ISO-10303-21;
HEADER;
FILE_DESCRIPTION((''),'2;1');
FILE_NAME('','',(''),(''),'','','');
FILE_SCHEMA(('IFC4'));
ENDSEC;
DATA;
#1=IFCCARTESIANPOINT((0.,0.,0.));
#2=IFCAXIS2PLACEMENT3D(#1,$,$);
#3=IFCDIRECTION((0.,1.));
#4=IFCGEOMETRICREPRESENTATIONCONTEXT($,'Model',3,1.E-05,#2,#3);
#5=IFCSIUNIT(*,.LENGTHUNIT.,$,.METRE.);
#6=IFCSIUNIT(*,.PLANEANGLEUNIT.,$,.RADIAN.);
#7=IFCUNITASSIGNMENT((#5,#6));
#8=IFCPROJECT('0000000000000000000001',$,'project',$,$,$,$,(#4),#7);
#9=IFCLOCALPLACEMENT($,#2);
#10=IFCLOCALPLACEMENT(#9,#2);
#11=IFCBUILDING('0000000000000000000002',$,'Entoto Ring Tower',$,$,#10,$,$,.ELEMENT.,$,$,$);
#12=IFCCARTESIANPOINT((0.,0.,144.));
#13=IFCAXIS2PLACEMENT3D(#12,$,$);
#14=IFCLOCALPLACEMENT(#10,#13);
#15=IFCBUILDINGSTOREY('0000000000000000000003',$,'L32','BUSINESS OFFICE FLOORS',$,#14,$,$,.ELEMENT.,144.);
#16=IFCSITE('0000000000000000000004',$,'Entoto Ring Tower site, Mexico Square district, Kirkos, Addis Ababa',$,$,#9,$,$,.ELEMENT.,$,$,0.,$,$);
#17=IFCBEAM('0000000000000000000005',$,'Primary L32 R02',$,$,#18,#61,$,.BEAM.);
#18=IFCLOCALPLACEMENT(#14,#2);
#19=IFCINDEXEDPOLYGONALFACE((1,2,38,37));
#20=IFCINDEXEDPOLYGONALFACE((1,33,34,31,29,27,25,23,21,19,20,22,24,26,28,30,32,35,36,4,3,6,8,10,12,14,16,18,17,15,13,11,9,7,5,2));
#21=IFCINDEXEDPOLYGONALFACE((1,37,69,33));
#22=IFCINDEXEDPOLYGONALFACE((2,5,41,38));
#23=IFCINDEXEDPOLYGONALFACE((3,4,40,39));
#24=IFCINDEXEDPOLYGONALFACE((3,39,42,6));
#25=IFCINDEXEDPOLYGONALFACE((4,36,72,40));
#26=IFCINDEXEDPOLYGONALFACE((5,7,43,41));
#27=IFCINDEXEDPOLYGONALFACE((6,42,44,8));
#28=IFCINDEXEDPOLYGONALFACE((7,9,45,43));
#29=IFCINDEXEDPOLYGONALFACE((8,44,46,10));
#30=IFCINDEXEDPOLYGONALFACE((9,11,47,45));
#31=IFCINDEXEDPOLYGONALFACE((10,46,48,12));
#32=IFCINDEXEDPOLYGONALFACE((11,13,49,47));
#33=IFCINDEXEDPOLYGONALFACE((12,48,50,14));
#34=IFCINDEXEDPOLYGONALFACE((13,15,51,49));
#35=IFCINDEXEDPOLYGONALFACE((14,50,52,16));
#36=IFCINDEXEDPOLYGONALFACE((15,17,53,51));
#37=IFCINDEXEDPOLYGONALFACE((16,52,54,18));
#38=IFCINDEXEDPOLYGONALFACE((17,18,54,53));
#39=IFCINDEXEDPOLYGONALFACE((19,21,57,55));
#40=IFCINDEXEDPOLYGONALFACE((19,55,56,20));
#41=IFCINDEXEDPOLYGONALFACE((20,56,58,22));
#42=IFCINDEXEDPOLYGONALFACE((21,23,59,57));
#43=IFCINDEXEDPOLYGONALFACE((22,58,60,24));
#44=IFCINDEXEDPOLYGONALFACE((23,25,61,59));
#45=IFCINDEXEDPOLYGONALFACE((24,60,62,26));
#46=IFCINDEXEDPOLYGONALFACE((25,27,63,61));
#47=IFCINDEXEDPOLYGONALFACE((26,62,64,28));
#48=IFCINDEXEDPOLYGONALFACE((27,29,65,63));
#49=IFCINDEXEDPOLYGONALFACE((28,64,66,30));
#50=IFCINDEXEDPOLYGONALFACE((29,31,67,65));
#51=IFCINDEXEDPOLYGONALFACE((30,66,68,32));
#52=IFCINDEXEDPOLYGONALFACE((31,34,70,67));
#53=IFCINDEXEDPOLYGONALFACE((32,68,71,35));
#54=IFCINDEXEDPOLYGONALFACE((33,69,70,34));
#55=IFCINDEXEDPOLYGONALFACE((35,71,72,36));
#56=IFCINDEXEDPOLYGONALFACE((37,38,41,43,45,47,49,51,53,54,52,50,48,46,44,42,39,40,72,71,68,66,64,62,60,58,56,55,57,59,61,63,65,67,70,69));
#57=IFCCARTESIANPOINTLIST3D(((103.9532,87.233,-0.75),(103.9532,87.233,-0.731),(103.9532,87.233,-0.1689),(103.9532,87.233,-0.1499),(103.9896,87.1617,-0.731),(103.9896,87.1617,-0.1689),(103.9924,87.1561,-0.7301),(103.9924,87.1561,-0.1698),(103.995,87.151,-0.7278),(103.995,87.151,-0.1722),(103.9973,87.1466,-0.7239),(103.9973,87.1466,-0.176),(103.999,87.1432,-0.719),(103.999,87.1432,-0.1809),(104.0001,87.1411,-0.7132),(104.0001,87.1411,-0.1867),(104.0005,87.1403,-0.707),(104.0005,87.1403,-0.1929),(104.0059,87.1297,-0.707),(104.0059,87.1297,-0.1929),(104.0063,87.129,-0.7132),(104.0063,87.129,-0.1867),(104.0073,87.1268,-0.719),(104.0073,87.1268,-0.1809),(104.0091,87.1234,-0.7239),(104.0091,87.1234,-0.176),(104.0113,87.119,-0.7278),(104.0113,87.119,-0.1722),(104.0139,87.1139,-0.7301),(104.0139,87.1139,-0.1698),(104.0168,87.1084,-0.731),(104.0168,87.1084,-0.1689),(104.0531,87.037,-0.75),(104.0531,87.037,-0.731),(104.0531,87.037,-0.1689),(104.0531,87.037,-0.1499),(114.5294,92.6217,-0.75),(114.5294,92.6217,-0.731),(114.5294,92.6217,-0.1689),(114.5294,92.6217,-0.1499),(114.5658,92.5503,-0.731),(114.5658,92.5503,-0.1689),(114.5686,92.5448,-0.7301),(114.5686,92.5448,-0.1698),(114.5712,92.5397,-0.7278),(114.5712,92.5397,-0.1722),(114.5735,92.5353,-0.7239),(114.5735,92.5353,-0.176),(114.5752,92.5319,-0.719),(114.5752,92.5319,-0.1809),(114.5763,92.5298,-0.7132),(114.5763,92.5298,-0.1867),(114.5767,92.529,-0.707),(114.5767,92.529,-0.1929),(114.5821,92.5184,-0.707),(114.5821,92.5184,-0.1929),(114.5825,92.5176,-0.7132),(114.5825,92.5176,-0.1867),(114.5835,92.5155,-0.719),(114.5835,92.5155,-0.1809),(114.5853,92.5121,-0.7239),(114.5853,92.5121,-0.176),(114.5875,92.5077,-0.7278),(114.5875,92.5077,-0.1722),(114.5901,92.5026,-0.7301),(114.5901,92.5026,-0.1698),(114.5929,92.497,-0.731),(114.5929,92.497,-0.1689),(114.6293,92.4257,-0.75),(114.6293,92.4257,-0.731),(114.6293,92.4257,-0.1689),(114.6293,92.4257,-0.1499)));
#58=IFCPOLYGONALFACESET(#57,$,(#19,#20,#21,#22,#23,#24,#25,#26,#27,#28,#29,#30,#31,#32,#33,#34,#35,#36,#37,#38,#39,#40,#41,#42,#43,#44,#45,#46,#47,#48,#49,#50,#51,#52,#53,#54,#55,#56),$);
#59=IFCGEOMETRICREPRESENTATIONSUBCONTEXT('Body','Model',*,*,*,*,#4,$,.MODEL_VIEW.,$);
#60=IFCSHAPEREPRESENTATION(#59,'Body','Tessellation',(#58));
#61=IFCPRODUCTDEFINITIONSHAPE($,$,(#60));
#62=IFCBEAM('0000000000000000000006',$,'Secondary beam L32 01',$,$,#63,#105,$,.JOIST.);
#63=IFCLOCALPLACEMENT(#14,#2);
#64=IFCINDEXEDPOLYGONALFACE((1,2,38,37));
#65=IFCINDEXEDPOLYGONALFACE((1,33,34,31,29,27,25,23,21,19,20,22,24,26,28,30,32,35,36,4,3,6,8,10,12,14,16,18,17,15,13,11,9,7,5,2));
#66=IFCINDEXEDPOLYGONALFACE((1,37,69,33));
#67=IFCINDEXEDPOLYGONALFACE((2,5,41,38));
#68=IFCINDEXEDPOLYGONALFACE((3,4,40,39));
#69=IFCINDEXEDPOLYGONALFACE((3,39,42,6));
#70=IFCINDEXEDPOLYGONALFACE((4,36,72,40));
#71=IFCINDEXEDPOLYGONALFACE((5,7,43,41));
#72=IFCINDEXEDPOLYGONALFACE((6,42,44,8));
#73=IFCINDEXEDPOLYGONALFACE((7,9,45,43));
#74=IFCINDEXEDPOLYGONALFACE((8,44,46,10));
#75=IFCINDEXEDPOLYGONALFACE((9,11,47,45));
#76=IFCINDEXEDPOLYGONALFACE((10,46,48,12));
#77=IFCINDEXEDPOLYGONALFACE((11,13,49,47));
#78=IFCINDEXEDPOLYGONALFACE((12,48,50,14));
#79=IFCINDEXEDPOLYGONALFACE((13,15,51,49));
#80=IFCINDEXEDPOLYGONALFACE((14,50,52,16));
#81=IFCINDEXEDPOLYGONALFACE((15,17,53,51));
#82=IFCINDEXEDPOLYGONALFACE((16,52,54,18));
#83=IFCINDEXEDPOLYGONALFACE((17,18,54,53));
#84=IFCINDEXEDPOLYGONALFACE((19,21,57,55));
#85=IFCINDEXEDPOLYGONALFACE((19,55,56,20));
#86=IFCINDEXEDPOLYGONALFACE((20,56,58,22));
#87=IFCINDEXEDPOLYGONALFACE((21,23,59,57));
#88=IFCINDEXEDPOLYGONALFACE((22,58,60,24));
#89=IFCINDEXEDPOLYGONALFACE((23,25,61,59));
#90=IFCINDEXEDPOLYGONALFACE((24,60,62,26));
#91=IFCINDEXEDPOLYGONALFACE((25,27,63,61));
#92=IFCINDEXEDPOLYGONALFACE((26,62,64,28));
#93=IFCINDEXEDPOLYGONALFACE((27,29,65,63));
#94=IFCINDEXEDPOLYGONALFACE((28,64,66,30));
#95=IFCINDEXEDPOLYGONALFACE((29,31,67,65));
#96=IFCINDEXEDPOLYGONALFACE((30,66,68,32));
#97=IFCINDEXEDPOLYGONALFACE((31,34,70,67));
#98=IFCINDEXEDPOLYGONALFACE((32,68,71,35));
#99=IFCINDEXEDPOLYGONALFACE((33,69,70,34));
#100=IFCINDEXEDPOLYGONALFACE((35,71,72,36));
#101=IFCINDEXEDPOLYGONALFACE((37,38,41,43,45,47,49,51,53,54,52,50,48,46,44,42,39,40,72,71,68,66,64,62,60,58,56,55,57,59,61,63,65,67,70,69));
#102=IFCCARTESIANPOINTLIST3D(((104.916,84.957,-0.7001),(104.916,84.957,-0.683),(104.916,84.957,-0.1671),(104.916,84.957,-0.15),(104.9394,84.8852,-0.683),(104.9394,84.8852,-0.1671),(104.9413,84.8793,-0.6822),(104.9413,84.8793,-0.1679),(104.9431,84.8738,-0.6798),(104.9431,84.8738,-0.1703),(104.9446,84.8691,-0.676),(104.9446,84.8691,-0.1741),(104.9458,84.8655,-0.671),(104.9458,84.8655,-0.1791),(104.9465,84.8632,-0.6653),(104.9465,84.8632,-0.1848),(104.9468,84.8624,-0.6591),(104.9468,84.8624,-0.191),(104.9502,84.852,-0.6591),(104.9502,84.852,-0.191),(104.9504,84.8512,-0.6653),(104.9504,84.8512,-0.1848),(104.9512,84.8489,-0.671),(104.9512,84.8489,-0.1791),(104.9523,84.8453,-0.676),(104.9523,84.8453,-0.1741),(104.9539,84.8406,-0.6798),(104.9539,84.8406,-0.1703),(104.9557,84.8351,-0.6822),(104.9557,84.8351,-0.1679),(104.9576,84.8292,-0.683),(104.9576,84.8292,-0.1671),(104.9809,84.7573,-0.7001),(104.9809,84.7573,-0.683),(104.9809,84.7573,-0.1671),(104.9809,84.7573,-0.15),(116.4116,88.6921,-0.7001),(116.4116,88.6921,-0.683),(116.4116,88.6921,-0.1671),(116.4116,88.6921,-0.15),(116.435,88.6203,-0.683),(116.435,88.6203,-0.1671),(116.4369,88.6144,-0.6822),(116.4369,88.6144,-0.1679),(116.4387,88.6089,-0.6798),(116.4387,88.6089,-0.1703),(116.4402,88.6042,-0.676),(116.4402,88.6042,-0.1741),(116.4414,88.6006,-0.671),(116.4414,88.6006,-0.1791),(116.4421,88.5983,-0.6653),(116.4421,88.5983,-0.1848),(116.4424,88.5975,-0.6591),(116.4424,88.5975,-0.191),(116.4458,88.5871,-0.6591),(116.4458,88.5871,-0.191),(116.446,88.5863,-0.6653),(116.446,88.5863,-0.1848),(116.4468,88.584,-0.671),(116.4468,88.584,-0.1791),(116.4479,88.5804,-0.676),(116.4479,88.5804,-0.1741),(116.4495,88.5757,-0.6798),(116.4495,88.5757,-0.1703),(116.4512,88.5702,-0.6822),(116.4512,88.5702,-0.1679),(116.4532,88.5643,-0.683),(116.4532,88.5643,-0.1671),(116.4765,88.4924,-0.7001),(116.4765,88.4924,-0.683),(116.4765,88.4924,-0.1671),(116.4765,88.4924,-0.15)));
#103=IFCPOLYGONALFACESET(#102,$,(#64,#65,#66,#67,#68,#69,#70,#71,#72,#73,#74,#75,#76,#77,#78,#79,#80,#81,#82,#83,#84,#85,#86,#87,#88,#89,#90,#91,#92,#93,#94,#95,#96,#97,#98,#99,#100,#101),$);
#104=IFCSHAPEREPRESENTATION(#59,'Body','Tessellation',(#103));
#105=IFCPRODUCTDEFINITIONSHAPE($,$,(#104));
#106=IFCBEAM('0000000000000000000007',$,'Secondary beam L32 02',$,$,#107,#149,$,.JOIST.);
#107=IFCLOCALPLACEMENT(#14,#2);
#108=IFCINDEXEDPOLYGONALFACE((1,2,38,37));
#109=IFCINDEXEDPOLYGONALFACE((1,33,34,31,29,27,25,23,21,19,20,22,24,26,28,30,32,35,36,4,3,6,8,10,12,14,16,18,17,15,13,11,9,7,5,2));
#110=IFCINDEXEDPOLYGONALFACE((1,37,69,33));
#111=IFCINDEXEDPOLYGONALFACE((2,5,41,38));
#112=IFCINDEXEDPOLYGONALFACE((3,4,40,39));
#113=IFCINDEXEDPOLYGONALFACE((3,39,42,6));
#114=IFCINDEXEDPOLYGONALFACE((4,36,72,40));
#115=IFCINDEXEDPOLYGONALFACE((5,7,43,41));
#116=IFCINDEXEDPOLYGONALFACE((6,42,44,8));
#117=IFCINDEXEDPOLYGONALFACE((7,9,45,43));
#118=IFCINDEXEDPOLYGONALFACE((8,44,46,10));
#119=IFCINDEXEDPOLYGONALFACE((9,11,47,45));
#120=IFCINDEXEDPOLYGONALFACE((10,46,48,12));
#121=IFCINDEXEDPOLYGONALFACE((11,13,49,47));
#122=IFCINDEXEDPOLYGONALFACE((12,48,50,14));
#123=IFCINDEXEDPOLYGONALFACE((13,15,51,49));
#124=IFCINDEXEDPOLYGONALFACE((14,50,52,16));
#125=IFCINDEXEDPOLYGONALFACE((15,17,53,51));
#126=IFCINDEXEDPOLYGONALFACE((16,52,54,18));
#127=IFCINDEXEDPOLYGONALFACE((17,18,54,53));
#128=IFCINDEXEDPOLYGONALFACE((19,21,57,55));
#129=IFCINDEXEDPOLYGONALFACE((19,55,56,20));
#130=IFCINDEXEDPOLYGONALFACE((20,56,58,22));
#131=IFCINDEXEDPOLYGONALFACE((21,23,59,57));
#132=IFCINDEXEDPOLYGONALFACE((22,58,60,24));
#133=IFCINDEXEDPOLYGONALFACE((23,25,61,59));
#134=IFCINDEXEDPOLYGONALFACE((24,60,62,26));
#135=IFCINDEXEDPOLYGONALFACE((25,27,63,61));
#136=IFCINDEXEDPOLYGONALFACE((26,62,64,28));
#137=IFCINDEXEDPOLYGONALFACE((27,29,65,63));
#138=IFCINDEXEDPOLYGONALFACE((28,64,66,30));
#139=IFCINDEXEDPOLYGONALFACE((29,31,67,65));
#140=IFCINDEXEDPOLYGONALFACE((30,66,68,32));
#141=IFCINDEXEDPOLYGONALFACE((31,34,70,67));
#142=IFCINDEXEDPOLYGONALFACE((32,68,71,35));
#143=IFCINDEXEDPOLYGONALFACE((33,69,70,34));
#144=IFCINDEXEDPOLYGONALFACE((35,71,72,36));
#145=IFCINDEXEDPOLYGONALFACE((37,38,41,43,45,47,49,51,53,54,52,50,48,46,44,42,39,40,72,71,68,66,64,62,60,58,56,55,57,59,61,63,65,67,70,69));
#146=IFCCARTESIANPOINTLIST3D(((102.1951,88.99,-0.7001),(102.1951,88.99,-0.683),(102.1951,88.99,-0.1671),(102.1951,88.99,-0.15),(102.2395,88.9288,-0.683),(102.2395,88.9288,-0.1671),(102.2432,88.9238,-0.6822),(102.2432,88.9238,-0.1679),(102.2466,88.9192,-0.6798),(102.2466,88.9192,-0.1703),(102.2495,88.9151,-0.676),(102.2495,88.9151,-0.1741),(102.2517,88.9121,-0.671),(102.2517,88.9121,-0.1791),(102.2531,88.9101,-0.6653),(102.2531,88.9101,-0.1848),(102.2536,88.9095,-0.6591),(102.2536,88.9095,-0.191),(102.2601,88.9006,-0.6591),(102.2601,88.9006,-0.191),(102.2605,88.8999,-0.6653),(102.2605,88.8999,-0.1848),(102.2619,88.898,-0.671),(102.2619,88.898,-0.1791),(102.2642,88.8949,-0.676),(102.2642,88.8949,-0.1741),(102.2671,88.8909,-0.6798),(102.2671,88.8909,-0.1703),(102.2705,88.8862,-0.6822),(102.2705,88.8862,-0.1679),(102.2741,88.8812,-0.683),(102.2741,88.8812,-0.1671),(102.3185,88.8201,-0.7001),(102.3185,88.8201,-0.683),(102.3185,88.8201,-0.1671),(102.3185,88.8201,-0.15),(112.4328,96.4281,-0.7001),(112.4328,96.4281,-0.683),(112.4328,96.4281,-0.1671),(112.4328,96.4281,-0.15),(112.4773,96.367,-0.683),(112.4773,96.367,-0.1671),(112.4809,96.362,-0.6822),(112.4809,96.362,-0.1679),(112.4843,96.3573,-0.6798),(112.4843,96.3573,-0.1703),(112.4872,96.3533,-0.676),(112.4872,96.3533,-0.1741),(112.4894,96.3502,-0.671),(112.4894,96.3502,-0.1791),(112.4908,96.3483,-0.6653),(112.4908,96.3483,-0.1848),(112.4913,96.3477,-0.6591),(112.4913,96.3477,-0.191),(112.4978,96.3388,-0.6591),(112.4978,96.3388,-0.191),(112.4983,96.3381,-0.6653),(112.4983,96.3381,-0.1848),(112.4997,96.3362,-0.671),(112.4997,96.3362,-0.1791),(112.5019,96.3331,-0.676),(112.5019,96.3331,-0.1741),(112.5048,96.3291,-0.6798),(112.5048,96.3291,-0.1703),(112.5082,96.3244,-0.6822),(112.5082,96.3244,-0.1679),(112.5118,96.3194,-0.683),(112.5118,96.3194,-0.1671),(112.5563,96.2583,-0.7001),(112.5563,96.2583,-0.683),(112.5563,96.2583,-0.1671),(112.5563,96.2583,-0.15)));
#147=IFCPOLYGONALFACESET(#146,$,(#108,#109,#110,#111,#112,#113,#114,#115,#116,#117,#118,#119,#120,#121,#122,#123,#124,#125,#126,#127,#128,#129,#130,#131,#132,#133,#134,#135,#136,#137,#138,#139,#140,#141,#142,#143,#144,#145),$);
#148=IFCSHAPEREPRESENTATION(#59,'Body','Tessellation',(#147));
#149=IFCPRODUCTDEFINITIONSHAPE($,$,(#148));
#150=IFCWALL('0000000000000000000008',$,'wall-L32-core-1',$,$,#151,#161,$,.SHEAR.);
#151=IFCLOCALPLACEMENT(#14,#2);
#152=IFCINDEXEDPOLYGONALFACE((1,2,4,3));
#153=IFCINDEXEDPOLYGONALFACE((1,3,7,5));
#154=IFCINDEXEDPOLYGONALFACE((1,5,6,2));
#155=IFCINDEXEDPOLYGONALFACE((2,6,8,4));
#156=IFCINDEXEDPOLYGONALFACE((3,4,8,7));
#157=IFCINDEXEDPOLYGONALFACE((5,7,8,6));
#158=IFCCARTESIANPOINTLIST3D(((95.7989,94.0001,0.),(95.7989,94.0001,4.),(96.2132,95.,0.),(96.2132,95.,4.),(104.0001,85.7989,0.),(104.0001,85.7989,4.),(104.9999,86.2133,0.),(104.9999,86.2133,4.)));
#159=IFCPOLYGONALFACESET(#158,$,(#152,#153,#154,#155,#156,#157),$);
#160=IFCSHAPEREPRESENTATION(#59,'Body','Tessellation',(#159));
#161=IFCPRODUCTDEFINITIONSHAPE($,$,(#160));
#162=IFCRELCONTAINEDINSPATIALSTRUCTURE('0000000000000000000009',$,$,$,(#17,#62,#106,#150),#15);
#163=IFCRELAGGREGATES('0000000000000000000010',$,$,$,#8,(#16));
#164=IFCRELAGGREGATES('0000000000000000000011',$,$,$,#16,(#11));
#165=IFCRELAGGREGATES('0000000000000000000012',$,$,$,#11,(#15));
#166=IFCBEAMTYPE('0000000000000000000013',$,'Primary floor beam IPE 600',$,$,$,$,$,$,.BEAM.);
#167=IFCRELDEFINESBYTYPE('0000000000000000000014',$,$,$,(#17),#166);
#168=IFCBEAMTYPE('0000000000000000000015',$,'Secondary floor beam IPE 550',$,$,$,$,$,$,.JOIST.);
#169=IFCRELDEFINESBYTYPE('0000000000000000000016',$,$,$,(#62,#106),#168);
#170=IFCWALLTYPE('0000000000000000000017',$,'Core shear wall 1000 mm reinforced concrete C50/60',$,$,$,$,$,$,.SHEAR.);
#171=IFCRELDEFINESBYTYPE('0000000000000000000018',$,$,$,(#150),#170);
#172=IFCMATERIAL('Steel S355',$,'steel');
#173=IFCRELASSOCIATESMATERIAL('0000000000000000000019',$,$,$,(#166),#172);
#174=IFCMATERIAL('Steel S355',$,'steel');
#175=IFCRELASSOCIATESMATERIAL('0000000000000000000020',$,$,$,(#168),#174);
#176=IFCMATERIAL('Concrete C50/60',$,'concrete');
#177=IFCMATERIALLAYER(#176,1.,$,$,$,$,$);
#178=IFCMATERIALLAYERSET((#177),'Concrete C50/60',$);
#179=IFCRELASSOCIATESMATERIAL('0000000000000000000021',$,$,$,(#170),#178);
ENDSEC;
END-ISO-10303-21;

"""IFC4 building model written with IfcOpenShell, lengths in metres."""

from ifc_helpers import new_model, si_unit, direction, frame, origin, origin_2d, place, context, subcontext, project, spatial, polyline, i_section, outline, extrude, material, layer, layer_set, material_profile, profile_set, type_object, element, save


model = new_model("IFC4")

# Units and contexts
model_context = context("Model", 3, precision=1e-05, world=origin(), true_north=direction((0.0, 1.0)))
body_context = subcontext(model_context, "Body", "Model", "MODEL_VIEW")
ifc_project = project(units=[si_unit("LENGTHUNIT", "METRE"), si_unit("PLANEANGLEUNIT", "RADIAN")], contexts=[model_context])

# Site, building, storey
site_placement = place(None, origin())
site = spatial("IfcSite", under=ifc_project, at=site_placement, Name="Entoto Ring Tower site, Mexico Square district, Kirkos, Addis Ababa", CompositionType="ELEMENT", RefElevation=0.0)
building_placement = place(site_placement, origin())
building = spatial("IfcBuilding", under=site, at=building_placement, Name="Entoto Ring Tower", CompositionType="ELEMENT")
storey_placement = place(building_placement, frame((0.0, 0.0, 144.0)))
storey = spatial("IfcBuildingStorey", under=building, at=storey_placement, Name="L32", Description="BUSINESS OFFICE FLOORS", CompositionType="ELEMENT", Elevation=144.0)

# Beams
ifc_material_1 = material(Name="Steel S355", Category="steel")
ifc_material_profile_1 = material_profile(ifc_material_1, i_section(OverallWidth=0.22, OverallDepth=0.6001, WebThickness=0.012, FlangeThickness=0.019, FilletRadius=0.0239, at=origin_2d()), Name="IPE 600")
ifc_profile_set_1 = profile_set([ifc_material_profile_1], Name="Steel S355")
beam_type_1 = type_object("IfcBeamType", Name="Primary floor beam IPE 600", PredefinedType="BEAM", material=ifc_profile_set_1)
beam_1_placement = place(storey_placement, frame((104.0032, 87.135, -0.45), z_axis=(0.891012, 0.45398, 0.0), x_axis=(-0.45398, 0.891012, 0.0)))
element("IfcBeam", 1, at=beam_1_placement, inside=storey, type_object=beam_type_1, Name="Primary L32 R02", PredefinedType="BEAM", context=body_context, shape_type="SweptSolid", body=[
    extrude(i_section(OverallWidth=0.22, OverallDepth=0.6001, WebThickness=0.012, FlangeThickness=0.019, FilletRadius=0.0239, at=origin_2d()), origin(), (0.0, 0.0, 1.0), 11.8699),
])
ifc_material_2 = material(Name="Steel S355", Category="steel")
ifc_material_profile_2 = material_profile(ifc_material_2, i_section(OverallWidth=0.21, OverallDepth=0.55, WebThickness=0.011, FlangeThickness=0.0171, FilletRadius=0.0239, at=origin_2d()), Name="IPE 550")
ifc_profile_set_2 = profile_set([ifc_material_profile_2], Name="Steel S355")
beam_type_2 = type_object("IfcBeamType", Name="Secondary floor beam IPE 550", PredefinedType="JOIST", material=ifc_profile_set_2)
beam_2_placement = place(storey_placement, frame((104.9485, 84.8572, -0.425), z_axis=(0.951058, 0.309014, 0.0), x_axis=(-0.309014, 0.951058, 0.0)))
element("IfcBeam", 2, at=beam_2_placement, inside=storey, type_object=beam_type_2, Name="Secondary beam L32 01", PredefinedType="JOIST", context=body_context, shape_type="SweptSolid", body=[
    extrude(i_section(OverallWidth=0.21, OverallDepth=0.55, WebThickness=0.011, FlangeThickness=0.0171, FilletRadius=0.0239, at=origin_2d()), origin(), (0.0, 0.0, 1.0), 12.0872),
])
beam_3_placement = place(storey_placement, frame((102.2568, 88.905, -0.425), z_axis=(0.809015, 0.587787, 0.0), x_axis=(-0.587787, 0.809015, 0.0)))
element("IfcBeam", 3, at=beam_3_placement, inside=storey, type_object=beam_type_2, Name="Secondary beam L32 02", PredefinedType="JOIST", context=body_context, shape_type="SweptSolid", body=[
    extrude(i_section(OverallWidth=0.21, OverallDepth=0.55, WebThickness=0.011, FlangeThickness=0.0171, FilletRadius=0.0239, at=origin_2d()), origin(), (0.0, 0.0, 1.0), 12.6545),
])

# Wall
ifc_material_3 = material(Name="Concrete C50/60", Category="concrete")
ifc_layer_1 = layer(ifc_material_3, 1.0)
ifc_layer_set_1 = layer_set([ifc_layer_1], Name="Concrete C50/60")
wall_type_1 = type_object("IfcWallType", Name="Core shear wall 1000 mm reinforced concrete C50/60", PredefinedType="SHEAR", material=ifc_layer_set_1)
wall_1_placement = place(storey_placement, frame((104.5, 86.0061, 0.0), z_axis=(0.0, 0.0, 1.0), x_axis=(-0.707107, 0.707107, 0.0)))
element("IfcWall", 4, at=wall_1_placement, inside=storey, type_object=wall_type_1, Name="wall-L32-core-1", PredefinedType="SHEAR", context=body_context, shape_type="SweptSolid", body=[
    extrude(outline(polyline([(-0.207, -0.5), (12.2192, -0.5), (11.8052, 0.5), (0.207, 0.5), (-0.207, -0.5)])), origin(), (0.0, 0.0, 1.0), 4.0),
])

save(model, "model.ifc")
